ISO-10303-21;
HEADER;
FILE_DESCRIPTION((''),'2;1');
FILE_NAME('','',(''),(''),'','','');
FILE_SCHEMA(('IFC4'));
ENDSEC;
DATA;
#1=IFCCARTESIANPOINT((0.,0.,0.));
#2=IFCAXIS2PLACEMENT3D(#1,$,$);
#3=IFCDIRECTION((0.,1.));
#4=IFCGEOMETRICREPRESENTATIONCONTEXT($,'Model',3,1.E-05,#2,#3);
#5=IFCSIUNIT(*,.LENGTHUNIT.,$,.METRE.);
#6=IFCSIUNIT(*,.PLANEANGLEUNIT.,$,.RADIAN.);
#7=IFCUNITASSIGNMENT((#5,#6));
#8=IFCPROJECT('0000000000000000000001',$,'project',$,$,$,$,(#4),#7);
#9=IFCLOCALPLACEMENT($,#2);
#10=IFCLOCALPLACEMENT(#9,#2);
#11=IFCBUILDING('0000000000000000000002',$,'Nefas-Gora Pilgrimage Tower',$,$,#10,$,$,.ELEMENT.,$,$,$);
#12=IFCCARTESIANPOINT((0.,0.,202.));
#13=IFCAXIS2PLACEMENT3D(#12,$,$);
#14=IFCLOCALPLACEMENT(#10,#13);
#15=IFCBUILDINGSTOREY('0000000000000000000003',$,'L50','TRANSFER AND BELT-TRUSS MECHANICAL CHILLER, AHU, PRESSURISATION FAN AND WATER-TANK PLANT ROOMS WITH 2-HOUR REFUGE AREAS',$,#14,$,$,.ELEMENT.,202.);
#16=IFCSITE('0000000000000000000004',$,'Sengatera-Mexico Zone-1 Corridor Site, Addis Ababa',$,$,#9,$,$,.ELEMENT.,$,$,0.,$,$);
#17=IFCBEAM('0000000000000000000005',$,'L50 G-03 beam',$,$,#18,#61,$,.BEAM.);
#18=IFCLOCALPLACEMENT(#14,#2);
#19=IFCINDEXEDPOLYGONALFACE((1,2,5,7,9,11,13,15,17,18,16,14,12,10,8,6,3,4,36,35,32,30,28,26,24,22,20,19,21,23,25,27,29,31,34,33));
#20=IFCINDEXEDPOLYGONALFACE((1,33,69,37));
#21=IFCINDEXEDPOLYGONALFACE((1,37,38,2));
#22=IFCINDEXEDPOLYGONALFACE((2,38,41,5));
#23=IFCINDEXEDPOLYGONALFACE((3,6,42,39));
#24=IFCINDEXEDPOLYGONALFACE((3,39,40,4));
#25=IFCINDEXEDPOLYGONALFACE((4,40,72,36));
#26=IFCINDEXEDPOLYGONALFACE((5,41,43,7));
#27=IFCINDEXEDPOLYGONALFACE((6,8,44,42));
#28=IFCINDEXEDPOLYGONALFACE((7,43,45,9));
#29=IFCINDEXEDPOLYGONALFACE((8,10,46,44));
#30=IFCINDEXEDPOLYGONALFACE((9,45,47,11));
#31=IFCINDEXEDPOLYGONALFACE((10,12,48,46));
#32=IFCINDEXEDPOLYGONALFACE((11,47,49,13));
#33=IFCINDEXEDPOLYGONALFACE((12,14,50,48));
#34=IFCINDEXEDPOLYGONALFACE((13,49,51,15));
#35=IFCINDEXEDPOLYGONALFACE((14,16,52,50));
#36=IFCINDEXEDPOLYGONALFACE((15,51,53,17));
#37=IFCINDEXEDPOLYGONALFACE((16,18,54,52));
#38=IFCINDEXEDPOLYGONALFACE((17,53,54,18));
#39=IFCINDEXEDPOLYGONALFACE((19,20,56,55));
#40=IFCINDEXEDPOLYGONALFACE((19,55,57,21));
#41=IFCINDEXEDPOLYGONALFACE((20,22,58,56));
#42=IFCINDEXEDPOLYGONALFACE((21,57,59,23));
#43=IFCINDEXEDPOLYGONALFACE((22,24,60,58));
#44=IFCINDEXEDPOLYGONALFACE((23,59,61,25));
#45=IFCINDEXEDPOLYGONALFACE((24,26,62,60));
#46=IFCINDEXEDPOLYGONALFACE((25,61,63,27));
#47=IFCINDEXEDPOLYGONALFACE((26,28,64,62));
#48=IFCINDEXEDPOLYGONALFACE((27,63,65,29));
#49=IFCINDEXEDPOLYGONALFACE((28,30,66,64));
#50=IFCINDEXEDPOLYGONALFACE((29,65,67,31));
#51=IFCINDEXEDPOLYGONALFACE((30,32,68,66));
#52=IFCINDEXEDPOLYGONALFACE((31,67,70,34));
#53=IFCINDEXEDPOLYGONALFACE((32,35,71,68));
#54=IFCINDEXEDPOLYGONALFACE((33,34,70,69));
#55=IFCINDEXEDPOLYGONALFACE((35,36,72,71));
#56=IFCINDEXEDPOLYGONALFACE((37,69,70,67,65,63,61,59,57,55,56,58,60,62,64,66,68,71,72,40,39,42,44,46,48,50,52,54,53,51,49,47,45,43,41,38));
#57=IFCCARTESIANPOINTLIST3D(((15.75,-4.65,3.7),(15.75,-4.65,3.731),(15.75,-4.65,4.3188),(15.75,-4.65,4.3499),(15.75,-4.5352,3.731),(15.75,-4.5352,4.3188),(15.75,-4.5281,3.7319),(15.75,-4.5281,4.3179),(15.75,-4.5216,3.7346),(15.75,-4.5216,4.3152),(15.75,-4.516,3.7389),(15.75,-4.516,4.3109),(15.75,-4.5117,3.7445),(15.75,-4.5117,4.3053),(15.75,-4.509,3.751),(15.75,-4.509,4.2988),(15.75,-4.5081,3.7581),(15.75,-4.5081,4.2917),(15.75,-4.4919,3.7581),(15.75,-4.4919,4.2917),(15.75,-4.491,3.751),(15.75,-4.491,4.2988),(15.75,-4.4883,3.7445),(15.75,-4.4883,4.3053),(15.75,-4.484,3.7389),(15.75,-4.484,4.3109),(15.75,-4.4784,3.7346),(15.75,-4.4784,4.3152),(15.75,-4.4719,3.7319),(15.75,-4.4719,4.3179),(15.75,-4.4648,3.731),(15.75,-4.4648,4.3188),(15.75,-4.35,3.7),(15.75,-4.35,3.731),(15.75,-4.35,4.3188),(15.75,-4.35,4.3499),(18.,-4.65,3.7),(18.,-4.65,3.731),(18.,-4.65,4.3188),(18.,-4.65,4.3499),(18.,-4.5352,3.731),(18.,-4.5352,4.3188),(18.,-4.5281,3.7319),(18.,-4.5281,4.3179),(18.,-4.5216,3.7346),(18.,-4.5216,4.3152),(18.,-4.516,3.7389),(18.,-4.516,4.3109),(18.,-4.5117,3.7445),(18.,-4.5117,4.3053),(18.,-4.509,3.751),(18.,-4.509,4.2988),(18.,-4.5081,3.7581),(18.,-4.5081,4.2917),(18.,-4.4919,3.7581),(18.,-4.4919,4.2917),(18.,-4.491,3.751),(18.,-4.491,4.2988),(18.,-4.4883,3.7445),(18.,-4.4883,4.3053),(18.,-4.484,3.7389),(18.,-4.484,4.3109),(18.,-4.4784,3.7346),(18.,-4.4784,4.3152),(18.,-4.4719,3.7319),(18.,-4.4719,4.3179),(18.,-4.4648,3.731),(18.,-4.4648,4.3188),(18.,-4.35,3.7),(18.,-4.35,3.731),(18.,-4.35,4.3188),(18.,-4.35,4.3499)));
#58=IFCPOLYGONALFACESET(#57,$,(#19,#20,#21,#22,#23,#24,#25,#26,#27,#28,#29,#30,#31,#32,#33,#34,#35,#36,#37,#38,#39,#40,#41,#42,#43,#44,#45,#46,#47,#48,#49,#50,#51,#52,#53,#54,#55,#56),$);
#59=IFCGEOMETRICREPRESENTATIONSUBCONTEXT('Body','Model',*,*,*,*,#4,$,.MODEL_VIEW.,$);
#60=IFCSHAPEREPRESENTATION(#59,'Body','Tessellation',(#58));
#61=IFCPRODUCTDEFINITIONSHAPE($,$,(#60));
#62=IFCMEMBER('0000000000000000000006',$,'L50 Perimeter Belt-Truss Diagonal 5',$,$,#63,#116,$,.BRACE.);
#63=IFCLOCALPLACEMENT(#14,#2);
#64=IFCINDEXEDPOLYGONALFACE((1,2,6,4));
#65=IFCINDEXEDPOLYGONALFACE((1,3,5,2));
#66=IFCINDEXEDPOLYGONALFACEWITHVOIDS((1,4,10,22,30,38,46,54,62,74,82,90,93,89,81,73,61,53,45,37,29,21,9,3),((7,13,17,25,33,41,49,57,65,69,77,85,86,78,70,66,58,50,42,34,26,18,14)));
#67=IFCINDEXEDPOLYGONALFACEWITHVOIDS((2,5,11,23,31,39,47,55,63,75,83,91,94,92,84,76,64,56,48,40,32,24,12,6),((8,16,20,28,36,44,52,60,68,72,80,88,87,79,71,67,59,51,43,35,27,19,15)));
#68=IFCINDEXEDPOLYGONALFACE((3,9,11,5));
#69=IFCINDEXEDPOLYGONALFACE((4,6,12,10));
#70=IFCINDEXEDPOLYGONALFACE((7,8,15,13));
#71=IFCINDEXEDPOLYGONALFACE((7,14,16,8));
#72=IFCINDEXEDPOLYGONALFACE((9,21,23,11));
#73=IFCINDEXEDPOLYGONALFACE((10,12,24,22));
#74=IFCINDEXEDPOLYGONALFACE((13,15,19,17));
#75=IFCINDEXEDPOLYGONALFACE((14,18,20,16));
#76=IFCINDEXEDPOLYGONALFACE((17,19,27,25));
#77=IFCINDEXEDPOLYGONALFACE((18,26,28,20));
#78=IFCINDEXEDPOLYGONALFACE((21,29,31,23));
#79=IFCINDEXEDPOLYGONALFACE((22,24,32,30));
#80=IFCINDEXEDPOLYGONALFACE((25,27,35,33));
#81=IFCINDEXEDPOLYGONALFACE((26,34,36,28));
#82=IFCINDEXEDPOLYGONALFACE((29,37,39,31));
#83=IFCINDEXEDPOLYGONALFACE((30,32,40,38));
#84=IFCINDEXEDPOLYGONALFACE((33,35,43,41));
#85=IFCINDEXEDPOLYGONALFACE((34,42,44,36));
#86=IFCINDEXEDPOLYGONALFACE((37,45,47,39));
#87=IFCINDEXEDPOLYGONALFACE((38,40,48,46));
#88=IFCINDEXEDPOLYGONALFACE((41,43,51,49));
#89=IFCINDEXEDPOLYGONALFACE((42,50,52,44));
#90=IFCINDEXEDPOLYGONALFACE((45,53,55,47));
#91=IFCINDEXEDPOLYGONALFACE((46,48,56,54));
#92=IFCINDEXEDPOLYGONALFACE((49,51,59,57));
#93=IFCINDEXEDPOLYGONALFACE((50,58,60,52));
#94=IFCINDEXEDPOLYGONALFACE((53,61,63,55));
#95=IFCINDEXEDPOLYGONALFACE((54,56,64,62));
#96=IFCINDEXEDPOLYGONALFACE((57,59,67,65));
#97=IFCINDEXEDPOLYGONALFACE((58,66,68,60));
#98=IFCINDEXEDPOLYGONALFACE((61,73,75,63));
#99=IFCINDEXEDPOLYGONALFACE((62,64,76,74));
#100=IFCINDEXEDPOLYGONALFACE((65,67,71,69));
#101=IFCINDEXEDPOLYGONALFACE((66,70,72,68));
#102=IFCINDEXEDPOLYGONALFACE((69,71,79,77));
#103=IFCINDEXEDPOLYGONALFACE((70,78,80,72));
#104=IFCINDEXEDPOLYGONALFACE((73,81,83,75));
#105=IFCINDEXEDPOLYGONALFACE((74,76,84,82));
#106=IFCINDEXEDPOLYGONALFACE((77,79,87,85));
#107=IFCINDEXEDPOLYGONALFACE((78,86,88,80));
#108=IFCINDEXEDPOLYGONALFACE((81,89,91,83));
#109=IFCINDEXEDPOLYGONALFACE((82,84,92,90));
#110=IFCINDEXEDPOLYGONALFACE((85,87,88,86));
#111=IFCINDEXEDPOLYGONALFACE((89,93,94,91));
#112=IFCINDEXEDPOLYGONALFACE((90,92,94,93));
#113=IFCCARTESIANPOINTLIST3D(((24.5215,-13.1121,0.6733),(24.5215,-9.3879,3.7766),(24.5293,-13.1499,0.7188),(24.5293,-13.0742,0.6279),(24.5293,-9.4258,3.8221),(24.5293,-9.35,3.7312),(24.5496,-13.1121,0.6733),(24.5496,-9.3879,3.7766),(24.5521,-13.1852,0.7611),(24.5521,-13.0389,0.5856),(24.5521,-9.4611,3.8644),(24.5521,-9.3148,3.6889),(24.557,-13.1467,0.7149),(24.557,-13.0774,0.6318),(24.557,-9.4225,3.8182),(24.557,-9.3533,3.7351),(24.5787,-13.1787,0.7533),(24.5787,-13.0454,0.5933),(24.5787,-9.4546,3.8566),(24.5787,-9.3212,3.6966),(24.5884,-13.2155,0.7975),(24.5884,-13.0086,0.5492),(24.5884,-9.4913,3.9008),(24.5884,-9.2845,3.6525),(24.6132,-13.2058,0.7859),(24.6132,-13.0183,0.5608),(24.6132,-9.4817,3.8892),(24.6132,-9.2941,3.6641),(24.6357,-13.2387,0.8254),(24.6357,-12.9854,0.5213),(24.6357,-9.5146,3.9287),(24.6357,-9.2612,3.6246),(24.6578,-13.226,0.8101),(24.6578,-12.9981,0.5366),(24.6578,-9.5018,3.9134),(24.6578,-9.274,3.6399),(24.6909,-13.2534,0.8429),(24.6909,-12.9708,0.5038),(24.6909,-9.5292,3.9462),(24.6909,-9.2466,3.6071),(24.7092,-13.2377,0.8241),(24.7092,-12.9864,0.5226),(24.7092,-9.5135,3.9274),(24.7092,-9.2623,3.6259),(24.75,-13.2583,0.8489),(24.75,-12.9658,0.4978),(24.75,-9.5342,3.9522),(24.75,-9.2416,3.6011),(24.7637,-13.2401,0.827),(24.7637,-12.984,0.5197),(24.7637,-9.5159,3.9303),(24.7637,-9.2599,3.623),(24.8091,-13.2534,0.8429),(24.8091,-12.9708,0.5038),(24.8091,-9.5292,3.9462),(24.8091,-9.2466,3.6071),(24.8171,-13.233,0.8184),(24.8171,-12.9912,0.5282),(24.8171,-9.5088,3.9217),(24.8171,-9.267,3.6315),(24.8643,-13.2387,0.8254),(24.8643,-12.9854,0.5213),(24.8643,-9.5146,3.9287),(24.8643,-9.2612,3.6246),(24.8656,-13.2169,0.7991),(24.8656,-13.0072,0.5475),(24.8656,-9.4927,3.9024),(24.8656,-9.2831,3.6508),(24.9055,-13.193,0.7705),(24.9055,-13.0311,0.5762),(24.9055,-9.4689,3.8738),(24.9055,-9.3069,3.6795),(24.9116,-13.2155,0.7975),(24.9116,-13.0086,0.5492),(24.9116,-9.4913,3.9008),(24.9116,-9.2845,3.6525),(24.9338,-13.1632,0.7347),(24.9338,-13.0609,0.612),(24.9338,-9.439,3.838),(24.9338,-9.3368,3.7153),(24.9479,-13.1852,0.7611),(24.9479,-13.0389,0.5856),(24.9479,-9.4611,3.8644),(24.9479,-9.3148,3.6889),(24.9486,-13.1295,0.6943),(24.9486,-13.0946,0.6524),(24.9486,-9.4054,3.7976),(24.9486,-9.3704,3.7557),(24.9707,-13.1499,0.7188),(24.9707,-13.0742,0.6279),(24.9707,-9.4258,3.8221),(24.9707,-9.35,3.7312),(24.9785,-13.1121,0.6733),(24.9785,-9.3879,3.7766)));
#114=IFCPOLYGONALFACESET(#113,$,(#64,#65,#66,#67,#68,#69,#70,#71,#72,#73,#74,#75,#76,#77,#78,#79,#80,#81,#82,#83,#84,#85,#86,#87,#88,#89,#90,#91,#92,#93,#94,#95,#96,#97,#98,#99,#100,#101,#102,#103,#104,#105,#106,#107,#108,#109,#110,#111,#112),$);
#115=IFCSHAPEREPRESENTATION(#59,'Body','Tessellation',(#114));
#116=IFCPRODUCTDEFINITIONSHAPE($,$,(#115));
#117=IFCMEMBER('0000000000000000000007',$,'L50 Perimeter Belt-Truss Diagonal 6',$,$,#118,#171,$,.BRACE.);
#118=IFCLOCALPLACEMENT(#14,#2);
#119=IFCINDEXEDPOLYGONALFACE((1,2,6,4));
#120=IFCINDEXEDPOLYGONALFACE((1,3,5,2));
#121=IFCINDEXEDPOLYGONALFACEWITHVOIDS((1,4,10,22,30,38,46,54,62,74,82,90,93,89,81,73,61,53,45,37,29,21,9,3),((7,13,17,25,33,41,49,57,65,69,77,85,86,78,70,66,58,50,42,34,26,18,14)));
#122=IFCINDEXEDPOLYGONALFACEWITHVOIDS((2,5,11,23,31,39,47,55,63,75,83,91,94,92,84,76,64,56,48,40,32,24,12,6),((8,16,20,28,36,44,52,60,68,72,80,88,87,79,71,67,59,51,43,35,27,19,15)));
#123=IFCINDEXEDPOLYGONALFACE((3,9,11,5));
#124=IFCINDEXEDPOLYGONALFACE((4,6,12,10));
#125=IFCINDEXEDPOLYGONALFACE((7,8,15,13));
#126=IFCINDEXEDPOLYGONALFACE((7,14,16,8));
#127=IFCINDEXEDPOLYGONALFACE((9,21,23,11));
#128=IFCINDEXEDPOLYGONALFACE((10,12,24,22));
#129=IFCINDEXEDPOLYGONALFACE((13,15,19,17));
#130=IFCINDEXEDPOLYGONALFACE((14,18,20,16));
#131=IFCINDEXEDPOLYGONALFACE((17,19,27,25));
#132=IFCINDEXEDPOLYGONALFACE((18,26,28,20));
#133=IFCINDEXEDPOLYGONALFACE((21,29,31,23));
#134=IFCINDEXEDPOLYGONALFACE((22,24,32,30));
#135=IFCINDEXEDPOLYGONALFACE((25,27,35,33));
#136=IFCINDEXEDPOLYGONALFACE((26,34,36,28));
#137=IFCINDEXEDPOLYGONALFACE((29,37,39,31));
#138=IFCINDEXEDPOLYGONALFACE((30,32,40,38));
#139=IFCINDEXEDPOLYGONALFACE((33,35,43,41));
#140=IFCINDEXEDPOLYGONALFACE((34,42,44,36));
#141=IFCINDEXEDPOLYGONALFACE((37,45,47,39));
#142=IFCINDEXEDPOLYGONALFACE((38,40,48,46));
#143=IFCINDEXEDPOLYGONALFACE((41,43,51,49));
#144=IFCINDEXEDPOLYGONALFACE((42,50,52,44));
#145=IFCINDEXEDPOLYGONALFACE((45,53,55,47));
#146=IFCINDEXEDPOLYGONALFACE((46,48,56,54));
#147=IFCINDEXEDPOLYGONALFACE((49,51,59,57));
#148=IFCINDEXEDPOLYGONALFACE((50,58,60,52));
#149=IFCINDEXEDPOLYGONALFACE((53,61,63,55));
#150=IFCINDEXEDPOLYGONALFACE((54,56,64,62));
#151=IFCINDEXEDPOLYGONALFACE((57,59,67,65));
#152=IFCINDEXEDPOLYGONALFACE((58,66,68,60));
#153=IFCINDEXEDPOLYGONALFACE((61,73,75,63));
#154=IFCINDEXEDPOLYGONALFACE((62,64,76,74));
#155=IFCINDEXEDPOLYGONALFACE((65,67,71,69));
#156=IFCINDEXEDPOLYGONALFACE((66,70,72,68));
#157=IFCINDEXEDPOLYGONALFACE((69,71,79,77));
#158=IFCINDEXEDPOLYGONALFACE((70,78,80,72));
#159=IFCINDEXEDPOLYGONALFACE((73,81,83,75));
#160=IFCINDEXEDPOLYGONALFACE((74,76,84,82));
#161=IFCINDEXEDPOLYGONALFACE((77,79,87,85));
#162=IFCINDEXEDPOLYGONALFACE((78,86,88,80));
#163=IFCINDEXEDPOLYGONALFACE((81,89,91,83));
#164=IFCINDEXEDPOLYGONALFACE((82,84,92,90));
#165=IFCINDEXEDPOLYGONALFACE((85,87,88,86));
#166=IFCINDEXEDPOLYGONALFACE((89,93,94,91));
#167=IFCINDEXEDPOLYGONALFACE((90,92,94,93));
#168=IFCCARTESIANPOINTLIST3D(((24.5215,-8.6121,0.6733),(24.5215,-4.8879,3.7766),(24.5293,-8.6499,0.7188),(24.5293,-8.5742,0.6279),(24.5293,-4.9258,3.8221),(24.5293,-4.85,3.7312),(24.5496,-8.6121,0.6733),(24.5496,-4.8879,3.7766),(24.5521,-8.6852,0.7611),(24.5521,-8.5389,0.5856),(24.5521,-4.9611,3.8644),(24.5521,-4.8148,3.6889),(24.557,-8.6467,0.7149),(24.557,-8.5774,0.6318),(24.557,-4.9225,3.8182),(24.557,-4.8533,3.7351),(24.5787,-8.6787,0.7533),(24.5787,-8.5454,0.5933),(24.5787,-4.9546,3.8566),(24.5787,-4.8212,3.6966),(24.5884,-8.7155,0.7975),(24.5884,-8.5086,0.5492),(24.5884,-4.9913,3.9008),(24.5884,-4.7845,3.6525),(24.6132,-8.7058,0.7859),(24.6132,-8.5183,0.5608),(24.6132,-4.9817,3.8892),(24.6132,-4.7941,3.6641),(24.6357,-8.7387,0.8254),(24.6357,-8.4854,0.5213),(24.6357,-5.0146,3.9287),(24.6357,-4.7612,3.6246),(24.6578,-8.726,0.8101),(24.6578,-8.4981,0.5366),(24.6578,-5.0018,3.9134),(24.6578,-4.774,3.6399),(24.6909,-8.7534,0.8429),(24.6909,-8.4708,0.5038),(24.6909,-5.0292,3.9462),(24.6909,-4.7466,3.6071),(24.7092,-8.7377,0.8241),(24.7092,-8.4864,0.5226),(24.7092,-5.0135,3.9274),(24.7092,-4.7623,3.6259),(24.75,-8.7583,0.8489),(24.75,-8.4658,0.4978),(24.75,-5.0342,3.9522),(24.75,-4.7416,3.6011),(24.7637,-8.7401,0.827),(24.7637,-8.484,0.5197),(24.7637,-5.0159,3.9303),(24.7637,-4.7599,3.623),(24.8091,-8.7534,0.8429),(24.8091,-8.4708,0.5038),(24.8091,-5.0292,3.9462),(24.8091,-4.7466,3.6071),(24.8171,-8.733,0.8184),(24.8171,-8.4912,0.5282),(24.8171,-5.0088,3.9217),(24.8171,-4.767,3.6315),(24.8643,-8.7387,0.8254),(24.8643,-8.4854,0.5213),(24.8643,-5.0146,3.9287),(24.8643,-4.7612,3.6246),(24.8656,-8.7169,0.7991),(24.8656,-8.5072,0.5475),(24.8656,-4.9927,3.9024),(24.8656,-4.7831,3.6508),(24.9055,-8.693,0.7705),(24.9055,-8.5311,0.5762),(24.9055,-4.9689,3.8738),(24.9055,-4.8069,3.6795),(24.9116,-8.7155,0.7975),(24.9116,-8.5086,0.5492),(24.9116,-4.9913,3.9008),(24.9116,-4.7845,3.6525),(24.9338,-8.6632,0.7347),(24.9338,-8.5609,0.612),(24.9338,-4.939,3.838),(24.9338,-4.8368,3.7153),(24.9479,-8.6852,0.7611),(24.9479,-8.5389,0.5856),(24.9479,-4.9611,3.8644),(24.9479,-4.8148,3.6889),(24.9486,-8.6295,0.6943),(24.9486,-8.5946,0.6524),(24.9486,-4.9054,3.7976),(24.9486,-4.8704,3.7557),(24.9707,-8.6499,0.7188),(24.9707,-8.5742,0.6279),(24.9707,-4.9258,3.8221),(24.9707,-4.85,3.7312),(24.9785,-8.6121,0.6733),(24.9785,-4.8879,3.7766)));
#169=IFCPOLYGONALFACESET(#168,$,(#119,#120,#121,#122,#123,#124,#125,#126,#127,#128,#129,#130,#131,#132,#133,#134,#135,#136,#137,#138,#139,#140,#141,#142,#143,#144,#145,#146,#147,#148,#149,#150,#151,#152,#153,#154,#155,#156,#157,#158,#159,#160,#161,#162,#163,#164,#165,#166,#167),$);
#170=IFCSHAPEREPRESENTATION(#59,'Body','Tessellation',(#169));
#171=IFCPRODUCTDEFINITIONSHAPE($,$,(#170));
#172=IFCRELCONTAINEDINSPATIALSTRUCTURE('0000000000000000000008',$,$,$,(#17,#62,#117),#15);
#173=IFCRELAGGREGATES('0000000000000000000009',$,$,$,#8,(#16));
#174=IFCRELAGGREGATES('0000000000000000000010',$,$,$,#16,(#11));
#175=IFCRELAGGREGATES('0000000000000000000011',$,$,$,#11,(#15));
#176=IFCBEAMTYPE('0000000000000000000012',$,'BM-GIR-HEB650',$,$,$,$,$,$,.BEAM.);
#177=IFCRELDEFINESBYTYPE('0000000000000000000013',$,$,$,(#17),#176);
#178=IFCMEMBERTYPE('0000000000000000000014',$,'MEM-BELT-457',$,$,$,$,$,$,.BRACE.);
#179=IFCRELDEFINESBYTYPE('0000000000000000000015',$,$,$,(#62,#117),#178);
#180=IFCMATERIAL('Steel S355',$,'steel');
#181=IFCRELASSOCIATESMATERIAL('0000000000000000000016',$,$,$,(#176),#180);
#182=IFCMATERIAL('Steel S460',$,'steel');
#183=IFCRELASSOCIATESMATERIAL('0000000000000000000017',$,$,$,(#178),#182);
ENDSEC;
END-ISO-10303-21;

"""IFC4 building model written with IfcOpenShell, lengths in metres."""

from ifc_helpers import new_model, si_unit, direction, frame, origin, origin_2d, place, context, subcontext, project, spatial, hollow_circle, i_section, extrude, source, transform, mapped, material, material_profile, profile_set, type_object, element, save


model = new_model("IFC4")

# Units and contexts
model_context = context("Model", 3, precision=1e-05, world=origin(), true_north=direction((0.0, 1.0)))
body_context = subcontext(model_context, "Body", "Model", "MODEL_VIEW")
ifc_project = project(units=[si_unit("LENGTHUNIT", "METRE"), si_unit("PLANEANGLEUNIT", "RADIAN")], contexts=[model_context])

# Site, building, storey
site_placement = place(None, origin())
site = spatial("IfcSite", under=ifc_project, at=site_placement, Name="Sengatera-Mexico Zone-1 Corridor Site, Addis Ababa", CompositionType="ELEMENT", RefElevation=0.0)
building_placement = place(site_placement, origin())
building = spatial("IfcBuilding", under=site, at=building_placement, Name="Nefas-Gora Pilgrimage Tower", CompositionType="ELEMENT")
storey_placement = place(building_placement, frame((0.0, 0.0, 202.0)))
storey = spatial("IfcBuildingStorey", under=building, at=storey_placement, Name="L50", Description="TRANSFER AND BELT-TRUSS MECHANICAL CHILLER, AHU, PRESSURISATION FAN AND WATER-TANK PLANT ROOMS WITH 2-HOUR REFUGE AREAS", CompositionType="ELEMENT", Elevation=202.0)

# Shared definitions
ifc_material_1 = material(Name="Steel S460", Category="steel")

# Beam
ifc_material_2 = material(Name="Steel S355", Category="steel")
ifc_material_profile_1 = material_profile(ifc_material_2, i_section(OverallWidth=0.3, OverallDepth=0.6499, WebThickness=0.0161, FlangeThickness=0.031, FilletRadius=0.0271, at=origin_2d()), Name="HEB 650")
ifc_profile_set_1 = profile_set([ifc_material_profile_1], Name="Steel S355")
beam_type_1 = type_object("IfcBeamType", Name="BM-GIR-HEB650", PredefinedType="BEAM", material=ifc_profile_set_1)
shared_shape_1 = source(origin(), body_context, "Body", "SweptSolid", [
    extrude(i_section(OverallWidth=0.3, OverallDepth=0.6499, WebThickness=0.0161, FlangeThickness=0.031, FilletRadius=0.0271, at=origin_2d()), origin(), (0.0, 0.0, 1.0), 2.25),
])
for number, where, z_axis, x_axis, name in (
    (1, (15.75, -4.5, 4.0249), (1.0, 0.0, 0.0), (0.0, 1.0, 0.0), "L50 G-03 beam"),
):
    element("IfcBeam", number, at=place(storey_placement, frame(where, z_axis=z_axis, x_axis=x_axis)), inside=storey, type_object=beam_type_1, Name=name, PredefinedType="BEAM", context=body_context, shape_type="MappedRepresentation", body=[
        mapped(shared_shape_1, transform((0.0, 0.0, 0.0), x_axis=(1.0, 0.0, 0.0), y_axis=(0.0, 1.0, 0.0), z_axis=(0.0, 0.0, 1.0), scale=1.0)),
    ])

# Members
ifc_material_profile_2 = material_profile(ifc_material_1, hollow_circle(Radius=0.2285, WallThickness=0.0281, at=origin_2d()), Name="CHS 457x28")
ifc_profile_set_2 = profile_set([ifc_material_profile_2], Name="Steel S460")
member_type_1 = type_object("IfcMemberType", Name="MEM-BELT-457", PredefinedType="BRACE", material=ifc_profile_set_2)
shared_shape_2 = source(origin(), body_context, "Body", "SweptSolid", [
    extrude(hollow_circle(Radius=0.2285, WallThickness=0.0281, at=origin_2d()), origin(), (0.0, 0.0, 1.0), 4.8477),
])
for number, where, z_axis, x_axis, name in (
    (2, (24.75, -13.1121, 0.6733), (0.0, 0.768238, 0.640165), (-1.0, 0.0, 0.0), "L50 Perimeter Belt-Truss Diagonal 5"),
    (3, (24.75, -8.6121, 0.6733), (0.0, 0.768238, 0.640165), (-1.0, 0.0, 0.0), "L50 Perimeter Belt-Truss Diagonal 6"),
):
    element("IfcMember", number, at=place(storey_placement, frame(where, z_axis=z_axis, x_axis=x_axis)), inside=storey, type_object=member_type_1, Name=name, PredefinedType="BRACE", context=body_context, shape_type="MappedRepresentation", body=[
        mapped(shared_shape_2, transform((0.0, 0.0, 0.0), x_axis=(1.0, 0.0, 0.0), y_axis=(0.0, 1.0, 0.0), z_axis=(0.0, 0.0, 1.0), scale=1.0)),
    ])

save(model, "model.ifc")
